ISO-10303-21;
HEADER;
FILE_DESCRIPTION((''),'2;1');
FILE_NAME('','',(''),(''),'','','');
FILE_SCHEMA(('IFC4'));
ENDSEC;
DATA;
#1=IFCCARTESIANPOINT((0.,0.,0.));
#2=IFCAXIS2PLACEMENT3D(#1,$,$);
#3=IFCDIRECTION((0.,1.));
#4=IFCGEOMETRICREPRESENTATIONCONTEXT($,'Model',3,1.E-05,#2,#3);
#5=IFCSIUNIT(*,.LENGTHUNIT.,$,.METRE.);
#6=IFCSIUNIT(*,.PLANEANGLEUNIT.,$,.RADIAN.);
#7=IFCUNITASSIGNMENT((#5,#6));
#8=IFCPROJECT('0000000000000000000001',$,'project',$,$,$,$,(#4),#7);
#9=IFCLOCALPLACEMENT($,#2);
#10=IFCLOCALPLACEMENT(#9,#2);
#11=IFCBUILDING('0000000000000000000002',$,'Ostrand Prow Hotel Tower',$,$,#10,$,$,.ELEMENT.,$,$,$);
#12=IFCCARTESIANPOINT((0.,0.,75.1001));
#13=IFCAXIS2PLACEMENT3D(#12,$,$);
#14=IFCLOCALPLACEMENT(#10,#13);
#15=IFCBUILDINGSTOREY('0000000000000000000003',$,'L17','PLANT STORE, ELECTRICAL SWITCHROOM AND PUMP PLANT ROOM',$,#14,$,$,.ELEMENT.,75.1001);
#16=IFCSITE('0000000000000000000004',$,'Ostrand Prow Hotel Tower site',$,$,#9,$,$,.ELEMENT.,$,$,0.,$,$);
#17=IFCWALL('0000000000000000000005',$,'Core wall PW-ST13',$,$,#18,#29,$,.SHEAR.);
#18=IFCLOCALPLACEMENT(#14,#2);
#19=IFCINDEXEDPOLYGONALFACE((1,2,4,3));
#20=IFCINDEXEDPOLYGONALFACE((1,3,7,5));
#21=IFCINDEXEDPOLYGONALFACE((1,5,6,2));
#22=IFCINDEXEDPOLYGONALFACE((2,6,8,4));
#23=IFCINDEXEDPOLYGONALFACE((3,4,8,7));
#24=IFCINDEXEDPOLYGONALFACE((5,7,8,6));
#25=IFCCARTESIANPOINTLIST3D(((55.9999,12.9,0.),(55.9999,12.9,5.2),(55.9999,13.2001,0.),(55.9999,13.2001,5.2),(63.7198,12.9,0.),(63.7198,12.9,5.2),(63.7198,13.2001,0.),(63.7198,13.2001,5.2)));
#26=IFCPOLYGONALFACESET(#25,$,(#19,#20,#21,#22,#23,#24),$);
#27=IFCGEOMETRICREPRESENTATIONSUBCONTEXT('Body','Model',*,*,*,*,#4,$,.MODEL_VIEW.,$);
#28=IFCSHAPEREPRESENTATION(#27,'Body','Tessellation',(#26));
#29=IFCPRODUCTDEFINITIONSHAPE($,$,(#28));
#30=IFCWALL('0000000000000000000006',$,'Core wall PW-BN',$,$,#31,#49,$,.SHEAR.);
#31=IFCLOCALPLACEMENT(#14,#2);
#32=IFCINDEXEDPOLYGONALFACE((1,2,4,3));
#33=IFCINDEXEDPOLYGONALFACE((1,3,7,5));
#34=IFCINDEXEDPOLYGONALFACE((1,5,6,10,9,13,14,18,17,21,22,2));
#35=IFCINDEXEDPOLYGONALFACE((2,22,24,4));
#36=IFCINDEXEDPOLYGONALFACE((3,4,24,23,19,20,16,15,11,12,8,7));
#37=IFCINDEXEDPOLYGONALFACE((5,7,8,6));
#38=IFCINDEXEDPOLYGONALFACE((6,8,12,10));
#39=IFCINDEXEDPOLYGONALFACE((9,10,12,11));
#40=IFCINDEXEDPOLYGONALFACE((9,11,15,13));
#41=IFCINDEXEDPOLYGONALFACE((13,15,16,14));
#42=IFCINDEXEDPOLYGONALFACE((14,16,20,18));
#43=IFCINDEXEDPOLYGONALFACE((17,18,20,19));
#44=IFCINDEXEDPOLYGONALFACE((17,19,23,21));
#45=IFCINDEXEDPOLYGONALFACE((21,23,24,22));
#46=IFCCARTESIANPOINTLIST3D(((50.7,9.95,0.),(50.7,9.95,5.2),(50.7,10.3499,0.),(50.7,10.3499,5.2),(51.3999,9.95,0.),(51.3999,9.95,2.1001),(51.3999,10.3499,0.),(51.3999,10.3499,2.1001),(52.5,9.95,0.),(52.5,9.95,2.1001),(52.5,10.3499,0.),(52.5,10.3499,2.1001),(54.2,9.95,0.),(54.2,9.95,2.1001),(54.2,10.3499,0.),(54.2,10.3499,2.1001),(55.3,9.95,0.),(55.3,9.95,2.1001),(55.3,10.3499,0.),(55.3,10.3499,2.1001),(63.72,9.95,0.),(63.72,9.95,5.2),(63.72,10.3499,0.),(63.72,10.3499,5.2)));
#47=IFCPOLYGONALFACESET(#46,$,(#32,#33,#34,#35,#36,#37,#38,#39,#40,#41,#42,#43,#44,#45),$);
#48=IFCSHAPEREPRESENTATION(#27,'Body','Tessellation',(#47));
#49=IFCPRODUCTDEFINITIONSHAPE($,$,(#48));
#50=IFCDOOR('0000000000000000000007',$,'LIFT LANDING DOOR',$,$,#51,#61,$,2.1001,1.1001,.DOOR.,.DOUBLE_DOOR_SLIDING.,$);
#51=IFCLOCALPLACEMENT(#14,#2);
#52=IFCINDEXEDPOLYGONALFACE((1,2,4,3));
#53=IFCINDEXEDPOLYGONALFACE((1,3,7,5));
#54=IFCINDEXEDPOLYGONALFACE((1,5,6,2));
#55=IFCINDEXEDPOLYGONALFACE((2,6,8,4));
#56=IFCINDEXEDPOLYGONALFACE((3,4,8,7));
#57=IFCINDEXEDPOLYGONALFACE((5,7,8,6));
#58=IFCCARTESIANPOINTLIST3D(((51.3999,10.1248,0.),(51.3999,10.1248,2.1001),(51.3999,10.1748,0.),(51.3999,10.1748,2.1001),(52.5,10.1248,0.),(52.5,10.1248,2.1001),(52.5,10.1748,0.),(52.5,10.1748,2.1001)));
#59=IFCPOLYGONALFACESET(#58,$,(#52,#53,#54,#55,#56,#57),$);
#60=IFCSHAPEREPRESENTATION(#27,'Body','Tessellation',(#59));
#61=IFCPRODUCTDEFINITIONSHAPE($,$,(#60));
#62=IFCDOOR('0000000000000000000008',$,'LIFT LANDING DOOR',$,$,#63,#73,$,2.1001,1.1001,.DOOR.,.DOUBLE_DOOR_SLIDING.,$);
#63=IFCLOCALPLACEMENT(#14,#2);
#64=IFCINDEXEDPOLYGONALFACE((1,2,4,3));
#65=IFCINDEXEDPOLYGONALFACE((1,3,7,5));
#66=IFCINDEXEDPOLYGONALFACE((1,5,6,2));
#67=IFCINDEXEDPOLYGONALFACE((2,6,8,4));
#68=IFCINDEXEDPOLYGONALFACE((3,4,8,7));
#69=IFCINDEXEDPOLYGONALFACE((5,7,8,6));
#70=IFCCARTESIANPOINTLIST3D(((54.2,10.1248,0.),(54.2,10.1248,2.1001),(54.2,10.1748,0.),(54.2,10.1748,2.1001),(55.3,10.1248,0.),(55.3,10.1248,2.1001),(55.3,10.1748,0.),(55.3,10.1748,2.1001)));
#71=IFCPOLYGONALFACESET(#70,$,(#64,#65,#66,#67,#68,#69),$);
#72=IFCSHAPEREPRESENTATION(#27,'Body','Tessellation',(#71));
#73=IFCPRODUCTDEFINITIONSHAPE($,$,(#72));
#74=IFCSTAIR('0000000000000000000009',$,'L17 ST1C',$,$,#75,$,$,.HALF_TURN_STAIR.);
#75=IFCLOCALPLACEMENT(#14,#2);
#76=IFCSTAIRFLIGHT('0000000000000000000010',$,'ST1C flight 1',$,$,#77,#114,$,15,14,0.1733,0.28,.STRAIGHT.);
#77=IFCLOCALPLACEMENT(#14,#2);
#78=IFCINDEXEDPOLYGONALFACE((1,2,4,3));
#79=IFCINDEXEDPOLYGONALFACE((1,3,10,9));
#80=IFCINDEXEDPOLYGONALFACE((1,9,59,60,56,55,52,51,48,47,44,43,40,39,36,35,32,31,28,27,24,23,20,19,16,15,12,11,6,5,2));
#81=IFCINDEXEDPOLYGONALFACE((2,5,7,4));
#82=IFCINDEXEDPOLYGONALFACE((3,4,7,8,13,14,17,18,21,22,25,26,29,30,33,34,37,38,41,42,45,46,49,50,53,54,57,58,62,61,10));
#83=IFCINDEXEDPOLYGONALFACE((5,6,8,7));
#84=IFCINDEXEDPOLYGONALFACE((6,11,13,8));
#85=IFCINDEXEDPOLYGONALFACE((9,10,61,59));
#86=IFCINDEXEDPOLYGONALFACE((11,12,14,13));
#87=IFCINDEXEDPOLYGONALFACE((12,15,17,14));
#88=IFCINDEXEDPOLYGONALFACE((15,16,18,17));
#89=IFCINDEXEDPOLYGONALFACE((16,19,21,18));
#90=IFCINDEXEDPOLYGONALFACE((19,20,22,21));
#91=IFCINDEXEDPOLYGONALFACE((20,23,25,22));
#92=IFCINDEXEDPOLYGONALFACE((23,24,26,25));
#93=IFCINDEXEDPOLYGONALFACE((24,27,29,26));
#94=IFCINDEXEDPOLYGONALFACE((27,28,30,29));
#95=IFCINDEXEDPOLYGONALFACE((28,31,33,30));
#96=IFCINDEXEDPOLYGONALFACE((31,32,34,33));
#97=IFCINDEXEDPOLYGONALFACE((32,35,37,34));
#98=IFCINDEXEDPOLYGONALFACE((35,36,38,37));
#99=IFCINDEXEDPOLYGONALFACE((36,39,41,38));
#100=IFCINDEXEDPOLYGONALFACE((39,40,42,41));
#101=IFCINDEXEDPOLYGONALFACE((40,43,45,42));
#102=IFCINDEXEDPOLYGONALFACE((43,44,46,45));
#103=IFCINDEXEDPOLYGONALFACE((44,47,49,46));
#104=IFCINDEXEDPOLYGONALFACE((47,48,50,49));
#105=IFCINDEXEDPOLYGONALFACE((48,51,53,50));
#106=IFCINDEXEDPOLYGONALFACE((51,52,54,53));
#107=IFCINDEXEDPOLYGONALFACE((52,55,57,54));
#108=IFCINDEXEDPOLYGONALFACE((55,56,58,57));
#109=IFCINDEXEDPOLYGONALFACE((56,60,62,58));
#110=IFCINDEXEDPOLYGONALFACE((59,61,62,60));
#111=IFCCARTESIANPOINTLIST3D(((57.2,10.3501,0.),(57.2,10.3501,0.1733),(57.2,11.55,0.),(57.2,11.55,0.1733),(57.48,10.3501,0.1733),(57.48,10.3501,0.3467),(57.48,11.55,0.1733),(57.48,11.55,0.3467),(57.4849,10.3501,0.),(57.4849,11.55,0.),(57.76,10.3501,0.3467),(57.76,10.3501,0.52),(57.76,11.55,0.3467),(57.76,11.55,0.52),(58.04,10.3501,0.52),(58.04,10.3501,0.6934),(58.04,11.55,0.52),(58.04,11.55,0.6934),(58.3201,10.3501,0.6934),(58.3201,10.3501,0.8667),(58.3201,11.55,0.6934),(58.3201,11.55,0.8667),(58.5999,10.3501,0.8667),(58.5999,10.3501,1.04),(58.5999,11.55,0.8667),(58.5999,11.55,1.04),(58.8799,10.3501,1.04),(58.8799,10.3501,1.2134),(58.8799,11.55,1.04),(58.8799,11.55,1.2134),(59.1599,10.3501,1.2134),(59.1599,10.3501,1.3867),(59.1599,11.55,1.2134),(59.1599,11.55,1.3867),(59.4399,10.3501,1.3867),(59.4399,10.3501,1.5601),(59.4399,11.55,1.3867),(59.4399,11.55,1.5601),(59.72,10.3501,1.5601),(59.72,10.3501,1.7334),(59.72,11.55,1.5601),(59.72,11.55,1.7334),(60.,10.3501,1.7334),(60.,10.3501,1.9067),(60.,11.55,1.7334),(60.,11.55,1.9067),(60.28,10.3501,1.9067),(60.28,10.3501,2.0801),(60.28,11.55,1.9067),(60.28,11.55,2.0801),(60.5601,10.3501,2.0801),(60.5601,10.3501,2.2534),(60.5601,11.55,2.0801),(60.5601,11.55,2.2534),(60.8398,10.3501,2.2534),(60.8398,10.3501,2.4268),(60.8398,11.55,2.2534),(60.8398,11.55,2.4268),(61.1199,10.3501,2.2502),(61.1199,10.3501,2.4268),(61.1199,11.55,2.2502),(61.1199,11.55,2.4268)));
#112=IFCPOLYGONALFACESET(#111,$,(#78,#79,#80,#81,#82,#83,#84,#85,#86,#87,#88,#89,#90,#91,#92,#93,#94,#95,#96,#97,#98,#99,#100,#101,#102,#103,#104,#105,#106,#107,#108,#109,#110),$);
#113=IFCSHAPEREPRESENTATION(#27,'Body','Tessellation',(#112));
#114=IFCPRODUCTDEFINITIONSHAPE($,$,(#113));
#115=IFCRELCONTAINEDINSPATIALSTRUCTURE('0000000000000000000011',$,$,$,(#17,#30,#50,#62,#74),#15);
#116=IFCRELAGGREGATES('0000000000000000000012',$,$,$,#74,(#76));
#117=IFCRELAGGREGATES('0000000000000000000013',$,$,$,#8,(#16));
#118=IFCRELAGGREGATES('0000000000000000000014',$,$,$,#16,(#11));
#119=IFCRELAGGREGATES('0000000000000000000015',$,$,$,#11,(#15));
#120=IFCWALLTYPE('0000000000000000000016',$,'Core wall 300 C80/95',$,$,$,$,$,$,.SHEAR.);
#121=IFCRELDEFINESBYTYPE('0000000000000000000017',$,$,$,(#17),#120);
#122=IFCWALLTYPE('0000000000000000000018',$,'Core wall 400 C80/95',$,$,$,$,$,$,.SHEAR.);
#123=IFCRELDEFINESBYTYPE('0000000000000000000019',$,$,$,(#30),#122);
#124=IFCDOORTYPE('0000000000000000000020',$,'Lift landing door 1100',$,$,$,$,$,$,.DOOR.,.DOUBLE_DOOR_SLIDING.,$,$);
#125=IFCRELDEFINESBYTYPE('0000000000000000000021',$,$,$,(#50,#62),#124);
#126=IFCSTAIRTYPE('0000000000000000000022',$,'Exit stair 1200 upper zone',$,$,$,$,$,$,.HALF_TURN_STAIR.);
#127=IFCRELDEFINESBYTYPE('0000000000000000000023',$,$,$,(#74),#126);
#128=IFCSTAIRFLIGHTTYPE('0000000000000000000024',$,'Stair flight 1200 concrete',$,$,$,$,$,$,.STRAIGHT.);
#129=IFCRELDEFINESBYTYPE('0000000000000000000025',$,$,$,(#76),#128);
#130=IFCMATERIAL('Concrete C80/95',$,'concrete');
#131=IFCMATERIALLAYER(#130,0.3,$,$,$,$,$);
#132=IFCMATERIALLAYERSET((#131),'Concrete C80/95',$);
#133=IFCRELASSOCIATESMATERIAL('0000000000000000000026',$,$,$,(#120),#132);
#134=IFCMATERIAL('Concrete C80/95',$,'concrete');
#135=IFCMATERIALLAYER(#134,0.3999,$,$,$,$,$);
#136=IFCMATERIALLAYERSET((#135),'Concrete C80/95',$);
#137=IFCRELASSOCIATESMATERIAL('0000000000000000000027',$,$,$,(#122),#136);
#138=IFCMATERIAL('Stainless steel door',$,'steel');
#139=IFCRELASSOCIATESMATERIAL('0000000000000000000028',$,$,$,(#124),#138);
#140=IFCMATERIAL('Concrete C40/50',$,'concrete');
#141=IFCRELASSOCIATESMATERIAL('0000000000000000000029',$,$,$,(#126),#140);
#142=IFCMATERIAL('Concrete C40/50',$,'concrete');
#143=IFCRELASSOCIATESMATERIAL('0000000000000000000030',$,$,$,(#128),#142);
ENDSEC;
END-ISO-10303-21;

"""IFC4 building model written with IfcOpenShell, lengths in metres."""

from ifc_helpers import new_model, si_unit, direction, frame, frame_2d, origin, place, context, subcontext, project, spatial, polyline, rectangle, outline, extrude, material, layer, layer_set, type_object, element, fill, aggregate, save


model = new_model("IFC4")

# Units and contexts
model_context = context("Model", 3, precision=1e-05, world=origin(), true_north=direction((0.0, 1.0)))
body_context = subcontext(model_context, "Body", "Model", "MODEL_VIEW")
ifc_project = project(units=[si_unit("LENGTHUNIT", "METRE"), si_unit("PLANEANGLEUNIT", "RADIAN")], contexts=[model_context])

# Site, building, storey
site_placement = place(None, origin())
site = spatial("IfcSite", under=ifc_project, at=site_placement, Name="Ostrand Prow Hotel Tower site", CompositionType="ELEMENT", RefElevation=0.0)
building_placement = place(site_placement, origin())
building = spatial("IfcBuilding", under=site, at=building_placement, Name="Ostrand Prow Hotel Tower", CompositionType="ELEMENT")
storey_placement = place(building_placement, frame((0.0, 0.0, 75.1001)))
storey = spatial("IfcBuildingStorey", under=building, at=storey_placement, Name="L17", Description="PLANT STORE, ELECTRICAL SWITCHROOM AND PUMP PLANT ROOM", CompositionType="ELEMENT", Elevation=75.1001)

# Shared definitions
ifc_material_1 = material(Name="Concrete C80/95", Category="concrete")
ifc_layer_1 = layer(ifc_material_1, 0.3)
ifc_layer_set_1 = layer_set([ifc_layer_1], Name="Concrete C80/95")
wall_type_1 = type_object("IfcWallType", Name="Core wall 300 C80/95", PredefinedType="SHEAR", material=ifc_layer_set_1)

# Wall
wall_1_placement = place(storey_placement, frame((56.0, 13.05, 0.0), z_axis=(0.0, 0.0, 1.0), x_axis=(1.0, 0.0, 0.0)))
element("IfcWall", 1, at=wall_1_placement, inside=storey, type_object=wall_type_1, Name="Core wall PW-ST13", PredefinedType="SHEAR", context=body_context, shape_type="SweptSolid", body=[
    extrude(rectangle(XDim=7.72, YDim=0.3, at=frame_2d((3.8599, 0.0))), origin(), (0.0, 0.0, 1.0), 5.2),
])

# Wall, openings, doors
ifc_material_2 = material(Name="Concrete C80/95", Category="concrete")
ifc_layer_2 = layer(ifc_material_2, 0.3999)
ifc_layer_set_2 = layer_set([ifc_layer_2], Name="Concrete C80/95")
wall_type_2 = type_object("IfcWallType", Name="Core wall 400 C80/95", PredefinedType="SHEAR", material=ifc_layer_set_2)
wall_2_placement = place(storey_placement, frame((50.7, 10.1499, 0.0), z_axis=(0.0, 0.0, 1.0), x_axis=(1.0, 0.0, 0.0)))
wall_2 = element("IfcWall", 2, at=wall_2_placement, inside=storey, type_object=wall_type_2, Name="Core wall PW-BN", PredefinedType="SHEAR", context=body_context, shape_type="SweptSolid", body=[
    extrude(rectangle(XDim=13.02, YDim=0.3999, at=frame_2d((6.51, 0.0))), origin(), (0.0, 0.0, 1.0), 5.2),
])
opening_1_placement = place(wall_2_placement, frame((0.7, 0.0, 0.0)))
opening_1 = element("IfcOpeningElement", 3, at=opening_1_placement, cuts=wall_2, PredefinedType="OPENING", context=body_context, shape_type="SweptSolid", body=[
    extrude(rectangle(XDim=1.1001, YDim=2.1001, at=frame_2d((0.55, 1.05))), frame((0.0, 0.21, 0.0), z_axis=(0.0, -1.0, 0.0), x_axis=(1.0, 0.0, 0.0)), (0.0, 0.0, 1.0), 0.4199),
])
opening_2_placement = place(wall_2_placement, frame((3.5, 0.0, 0.0)))
opening_2 = element("IfcOpeningElement", 4, at=opening_2_placement, cuts=wall_2, PredefinedType="OPENING", context=body_context, shape_type="SweptSolid", body=[
    extrude(rectangle(XDim=1.1001, YDim=2.1001, at=frame_2d((0.55, 1.05))), frame((0.0, 0.21, 0.0), z_axis=(0.0, -1.0, 0.0), x_axis=(1.0, 0.0, 0.0)), (0.0, 0.0, 1.0), 0.4199),
])
ifc_material_3 = material(Name="Stainless steel door", Category="steel")
door_type_1 = type_object("IfcDoorType", Name="Lift landing door 1100", OperationType="DOUBLE_DOOR_SLIDING", PredefinedType="DOOR", material=ifc_material_3)
door_1_placement = place(opening_1_placement, origin())
door_1 = element("IfcDoor", 5, at=door_1_placement, inside=storey, type_object=door_type_1, Name="LIFT LANDING DOOR", OperationType="DOUBLE_DOOR_SLIDING", OverallHeight=2.1001, OverallWidth=1.1001, PredefinedType="DOOR", context=body_context, shape_type="SweptSolid", body=[
    extrude(rectangle(XDim=1.1001, YDim=2.1001, at=frame_2d((0.55, 1.05))), frame((0.0, 0.0249, 0.0), z_axis=(0.0, -1.0, 0.0), x_axis=(1.0, 0.0, 0.0)), (0.0, 0.0, 1.0), 0.05),
])
fill(opening_1, door_1)
door_2_placement = place(opening_2_placement, origin())
door_2 = element("IfcDoor", 6, at=door_2_placement, inside=storey, type_object=door_type_1, Name="LIFT LANDING DOOR", OperationType="DOUBLE_DOOR_SLIDING", OverallHeight=2.1001, OverallWidth=1.1001, PredefinedType="DOOR", context=body_context, shape_type="SweptSolid", body=[
    extrude(rectangle(XDim=1.1001, YDim=2.1001, at=frame_2d((0.55, 1.05))), frame((0.0, 0.0249, 0.0), z_axis=(0.0, -1.0, 0.0), x_axis=(1.0, 0.0, 0.0)), (0.0, 0.0, 1.0), 0.05),
])
fill(opening_2, door_2)

# Stair, stair flight
ifc_material_4 = material(Name="Concrete C40/50", Category="concrete")
stair_type = type_object("IfcStairType", Name="Exit stair 1200 upper zone", PredefinedType="HALF_TURN_STAIR", material=ifc_material_4)
stair_placement = place(storey_placement, origin())
stair = element("IfcStair", 7, at=stair_placement, inside=storey, type_object=stair_type, Name="L17 ST1C", PredefinedType="HALF_TURN_STAIR")
ifc_material_5 = material(Name="Concrete C40/50", Category="concrete")
stair_flight_type = type_object("IfcStairFlightType", Name="Stair flight 1200 concrete", PredefinedType="STRAIGHT", material=ifc_material_5)
stair_flight_placement = place(storey_placement, frame((57.2, 10.95, 0.0), z_axis=(0.0, 0.0, 1.0), x_axis=(1.0, 0.0, 0.0)))
stair_flight = element("IfcStairFlight", 8, at=stair_flight_placement, type_object=stair_flight_type, Name="ST1C flight 1", NumberOfRisers=15, NumberOfTreads=14, PredefinedType="STRAIGHT", RiserHeight=0.1733, TreadLength=0.28, context=body_context, shape_type="SweptSolid", body=[
    extrude(outline(polyline([(0.0, 0.0), (0.0, 0.1733), (0.28, 0.1733), (0.28, 0.3467), (0.5601, 0.3467), (0.5601, 0.52), (0.8401, 0.52), (0.8401, 0.6934), (1.1201, 0.6934), (1.1201, 0.8667), (1.3999, 0.8667), (1.3999, 1.04), (1.6799, 1.04), (1.6799, 1.2134), (1.96, 1.2134), (1.96, 1.3867), (2.24, 1.3867), (2.24, 1.5601), (2.52, 1.5601), (2.52, 1.7334), (2.8, 1.7334), (2.8, 1.9067), (3.0801, 1.9067), (3.0801, 2.0801), (3.3601, 2.0801), (3.3601, 2.2534), (3.6399, 2.2534), (3.6399, 2.4268), (3.9199, 2.4268), (3.9199, 2.6001), (3.9199, 2.2502), (0.2849, 0.0), (0.0, 0.0)])), frame((0.0, 0.6001, 0.0), z_axis=(0.0, -1.0, 0.0), x_axis=(1.0, 0.0, 0.0)), (0.0, 0.0, 1.0), 1.2),
])
aggregate(stair, [stair_flight])

save(model, "model.ifc")
